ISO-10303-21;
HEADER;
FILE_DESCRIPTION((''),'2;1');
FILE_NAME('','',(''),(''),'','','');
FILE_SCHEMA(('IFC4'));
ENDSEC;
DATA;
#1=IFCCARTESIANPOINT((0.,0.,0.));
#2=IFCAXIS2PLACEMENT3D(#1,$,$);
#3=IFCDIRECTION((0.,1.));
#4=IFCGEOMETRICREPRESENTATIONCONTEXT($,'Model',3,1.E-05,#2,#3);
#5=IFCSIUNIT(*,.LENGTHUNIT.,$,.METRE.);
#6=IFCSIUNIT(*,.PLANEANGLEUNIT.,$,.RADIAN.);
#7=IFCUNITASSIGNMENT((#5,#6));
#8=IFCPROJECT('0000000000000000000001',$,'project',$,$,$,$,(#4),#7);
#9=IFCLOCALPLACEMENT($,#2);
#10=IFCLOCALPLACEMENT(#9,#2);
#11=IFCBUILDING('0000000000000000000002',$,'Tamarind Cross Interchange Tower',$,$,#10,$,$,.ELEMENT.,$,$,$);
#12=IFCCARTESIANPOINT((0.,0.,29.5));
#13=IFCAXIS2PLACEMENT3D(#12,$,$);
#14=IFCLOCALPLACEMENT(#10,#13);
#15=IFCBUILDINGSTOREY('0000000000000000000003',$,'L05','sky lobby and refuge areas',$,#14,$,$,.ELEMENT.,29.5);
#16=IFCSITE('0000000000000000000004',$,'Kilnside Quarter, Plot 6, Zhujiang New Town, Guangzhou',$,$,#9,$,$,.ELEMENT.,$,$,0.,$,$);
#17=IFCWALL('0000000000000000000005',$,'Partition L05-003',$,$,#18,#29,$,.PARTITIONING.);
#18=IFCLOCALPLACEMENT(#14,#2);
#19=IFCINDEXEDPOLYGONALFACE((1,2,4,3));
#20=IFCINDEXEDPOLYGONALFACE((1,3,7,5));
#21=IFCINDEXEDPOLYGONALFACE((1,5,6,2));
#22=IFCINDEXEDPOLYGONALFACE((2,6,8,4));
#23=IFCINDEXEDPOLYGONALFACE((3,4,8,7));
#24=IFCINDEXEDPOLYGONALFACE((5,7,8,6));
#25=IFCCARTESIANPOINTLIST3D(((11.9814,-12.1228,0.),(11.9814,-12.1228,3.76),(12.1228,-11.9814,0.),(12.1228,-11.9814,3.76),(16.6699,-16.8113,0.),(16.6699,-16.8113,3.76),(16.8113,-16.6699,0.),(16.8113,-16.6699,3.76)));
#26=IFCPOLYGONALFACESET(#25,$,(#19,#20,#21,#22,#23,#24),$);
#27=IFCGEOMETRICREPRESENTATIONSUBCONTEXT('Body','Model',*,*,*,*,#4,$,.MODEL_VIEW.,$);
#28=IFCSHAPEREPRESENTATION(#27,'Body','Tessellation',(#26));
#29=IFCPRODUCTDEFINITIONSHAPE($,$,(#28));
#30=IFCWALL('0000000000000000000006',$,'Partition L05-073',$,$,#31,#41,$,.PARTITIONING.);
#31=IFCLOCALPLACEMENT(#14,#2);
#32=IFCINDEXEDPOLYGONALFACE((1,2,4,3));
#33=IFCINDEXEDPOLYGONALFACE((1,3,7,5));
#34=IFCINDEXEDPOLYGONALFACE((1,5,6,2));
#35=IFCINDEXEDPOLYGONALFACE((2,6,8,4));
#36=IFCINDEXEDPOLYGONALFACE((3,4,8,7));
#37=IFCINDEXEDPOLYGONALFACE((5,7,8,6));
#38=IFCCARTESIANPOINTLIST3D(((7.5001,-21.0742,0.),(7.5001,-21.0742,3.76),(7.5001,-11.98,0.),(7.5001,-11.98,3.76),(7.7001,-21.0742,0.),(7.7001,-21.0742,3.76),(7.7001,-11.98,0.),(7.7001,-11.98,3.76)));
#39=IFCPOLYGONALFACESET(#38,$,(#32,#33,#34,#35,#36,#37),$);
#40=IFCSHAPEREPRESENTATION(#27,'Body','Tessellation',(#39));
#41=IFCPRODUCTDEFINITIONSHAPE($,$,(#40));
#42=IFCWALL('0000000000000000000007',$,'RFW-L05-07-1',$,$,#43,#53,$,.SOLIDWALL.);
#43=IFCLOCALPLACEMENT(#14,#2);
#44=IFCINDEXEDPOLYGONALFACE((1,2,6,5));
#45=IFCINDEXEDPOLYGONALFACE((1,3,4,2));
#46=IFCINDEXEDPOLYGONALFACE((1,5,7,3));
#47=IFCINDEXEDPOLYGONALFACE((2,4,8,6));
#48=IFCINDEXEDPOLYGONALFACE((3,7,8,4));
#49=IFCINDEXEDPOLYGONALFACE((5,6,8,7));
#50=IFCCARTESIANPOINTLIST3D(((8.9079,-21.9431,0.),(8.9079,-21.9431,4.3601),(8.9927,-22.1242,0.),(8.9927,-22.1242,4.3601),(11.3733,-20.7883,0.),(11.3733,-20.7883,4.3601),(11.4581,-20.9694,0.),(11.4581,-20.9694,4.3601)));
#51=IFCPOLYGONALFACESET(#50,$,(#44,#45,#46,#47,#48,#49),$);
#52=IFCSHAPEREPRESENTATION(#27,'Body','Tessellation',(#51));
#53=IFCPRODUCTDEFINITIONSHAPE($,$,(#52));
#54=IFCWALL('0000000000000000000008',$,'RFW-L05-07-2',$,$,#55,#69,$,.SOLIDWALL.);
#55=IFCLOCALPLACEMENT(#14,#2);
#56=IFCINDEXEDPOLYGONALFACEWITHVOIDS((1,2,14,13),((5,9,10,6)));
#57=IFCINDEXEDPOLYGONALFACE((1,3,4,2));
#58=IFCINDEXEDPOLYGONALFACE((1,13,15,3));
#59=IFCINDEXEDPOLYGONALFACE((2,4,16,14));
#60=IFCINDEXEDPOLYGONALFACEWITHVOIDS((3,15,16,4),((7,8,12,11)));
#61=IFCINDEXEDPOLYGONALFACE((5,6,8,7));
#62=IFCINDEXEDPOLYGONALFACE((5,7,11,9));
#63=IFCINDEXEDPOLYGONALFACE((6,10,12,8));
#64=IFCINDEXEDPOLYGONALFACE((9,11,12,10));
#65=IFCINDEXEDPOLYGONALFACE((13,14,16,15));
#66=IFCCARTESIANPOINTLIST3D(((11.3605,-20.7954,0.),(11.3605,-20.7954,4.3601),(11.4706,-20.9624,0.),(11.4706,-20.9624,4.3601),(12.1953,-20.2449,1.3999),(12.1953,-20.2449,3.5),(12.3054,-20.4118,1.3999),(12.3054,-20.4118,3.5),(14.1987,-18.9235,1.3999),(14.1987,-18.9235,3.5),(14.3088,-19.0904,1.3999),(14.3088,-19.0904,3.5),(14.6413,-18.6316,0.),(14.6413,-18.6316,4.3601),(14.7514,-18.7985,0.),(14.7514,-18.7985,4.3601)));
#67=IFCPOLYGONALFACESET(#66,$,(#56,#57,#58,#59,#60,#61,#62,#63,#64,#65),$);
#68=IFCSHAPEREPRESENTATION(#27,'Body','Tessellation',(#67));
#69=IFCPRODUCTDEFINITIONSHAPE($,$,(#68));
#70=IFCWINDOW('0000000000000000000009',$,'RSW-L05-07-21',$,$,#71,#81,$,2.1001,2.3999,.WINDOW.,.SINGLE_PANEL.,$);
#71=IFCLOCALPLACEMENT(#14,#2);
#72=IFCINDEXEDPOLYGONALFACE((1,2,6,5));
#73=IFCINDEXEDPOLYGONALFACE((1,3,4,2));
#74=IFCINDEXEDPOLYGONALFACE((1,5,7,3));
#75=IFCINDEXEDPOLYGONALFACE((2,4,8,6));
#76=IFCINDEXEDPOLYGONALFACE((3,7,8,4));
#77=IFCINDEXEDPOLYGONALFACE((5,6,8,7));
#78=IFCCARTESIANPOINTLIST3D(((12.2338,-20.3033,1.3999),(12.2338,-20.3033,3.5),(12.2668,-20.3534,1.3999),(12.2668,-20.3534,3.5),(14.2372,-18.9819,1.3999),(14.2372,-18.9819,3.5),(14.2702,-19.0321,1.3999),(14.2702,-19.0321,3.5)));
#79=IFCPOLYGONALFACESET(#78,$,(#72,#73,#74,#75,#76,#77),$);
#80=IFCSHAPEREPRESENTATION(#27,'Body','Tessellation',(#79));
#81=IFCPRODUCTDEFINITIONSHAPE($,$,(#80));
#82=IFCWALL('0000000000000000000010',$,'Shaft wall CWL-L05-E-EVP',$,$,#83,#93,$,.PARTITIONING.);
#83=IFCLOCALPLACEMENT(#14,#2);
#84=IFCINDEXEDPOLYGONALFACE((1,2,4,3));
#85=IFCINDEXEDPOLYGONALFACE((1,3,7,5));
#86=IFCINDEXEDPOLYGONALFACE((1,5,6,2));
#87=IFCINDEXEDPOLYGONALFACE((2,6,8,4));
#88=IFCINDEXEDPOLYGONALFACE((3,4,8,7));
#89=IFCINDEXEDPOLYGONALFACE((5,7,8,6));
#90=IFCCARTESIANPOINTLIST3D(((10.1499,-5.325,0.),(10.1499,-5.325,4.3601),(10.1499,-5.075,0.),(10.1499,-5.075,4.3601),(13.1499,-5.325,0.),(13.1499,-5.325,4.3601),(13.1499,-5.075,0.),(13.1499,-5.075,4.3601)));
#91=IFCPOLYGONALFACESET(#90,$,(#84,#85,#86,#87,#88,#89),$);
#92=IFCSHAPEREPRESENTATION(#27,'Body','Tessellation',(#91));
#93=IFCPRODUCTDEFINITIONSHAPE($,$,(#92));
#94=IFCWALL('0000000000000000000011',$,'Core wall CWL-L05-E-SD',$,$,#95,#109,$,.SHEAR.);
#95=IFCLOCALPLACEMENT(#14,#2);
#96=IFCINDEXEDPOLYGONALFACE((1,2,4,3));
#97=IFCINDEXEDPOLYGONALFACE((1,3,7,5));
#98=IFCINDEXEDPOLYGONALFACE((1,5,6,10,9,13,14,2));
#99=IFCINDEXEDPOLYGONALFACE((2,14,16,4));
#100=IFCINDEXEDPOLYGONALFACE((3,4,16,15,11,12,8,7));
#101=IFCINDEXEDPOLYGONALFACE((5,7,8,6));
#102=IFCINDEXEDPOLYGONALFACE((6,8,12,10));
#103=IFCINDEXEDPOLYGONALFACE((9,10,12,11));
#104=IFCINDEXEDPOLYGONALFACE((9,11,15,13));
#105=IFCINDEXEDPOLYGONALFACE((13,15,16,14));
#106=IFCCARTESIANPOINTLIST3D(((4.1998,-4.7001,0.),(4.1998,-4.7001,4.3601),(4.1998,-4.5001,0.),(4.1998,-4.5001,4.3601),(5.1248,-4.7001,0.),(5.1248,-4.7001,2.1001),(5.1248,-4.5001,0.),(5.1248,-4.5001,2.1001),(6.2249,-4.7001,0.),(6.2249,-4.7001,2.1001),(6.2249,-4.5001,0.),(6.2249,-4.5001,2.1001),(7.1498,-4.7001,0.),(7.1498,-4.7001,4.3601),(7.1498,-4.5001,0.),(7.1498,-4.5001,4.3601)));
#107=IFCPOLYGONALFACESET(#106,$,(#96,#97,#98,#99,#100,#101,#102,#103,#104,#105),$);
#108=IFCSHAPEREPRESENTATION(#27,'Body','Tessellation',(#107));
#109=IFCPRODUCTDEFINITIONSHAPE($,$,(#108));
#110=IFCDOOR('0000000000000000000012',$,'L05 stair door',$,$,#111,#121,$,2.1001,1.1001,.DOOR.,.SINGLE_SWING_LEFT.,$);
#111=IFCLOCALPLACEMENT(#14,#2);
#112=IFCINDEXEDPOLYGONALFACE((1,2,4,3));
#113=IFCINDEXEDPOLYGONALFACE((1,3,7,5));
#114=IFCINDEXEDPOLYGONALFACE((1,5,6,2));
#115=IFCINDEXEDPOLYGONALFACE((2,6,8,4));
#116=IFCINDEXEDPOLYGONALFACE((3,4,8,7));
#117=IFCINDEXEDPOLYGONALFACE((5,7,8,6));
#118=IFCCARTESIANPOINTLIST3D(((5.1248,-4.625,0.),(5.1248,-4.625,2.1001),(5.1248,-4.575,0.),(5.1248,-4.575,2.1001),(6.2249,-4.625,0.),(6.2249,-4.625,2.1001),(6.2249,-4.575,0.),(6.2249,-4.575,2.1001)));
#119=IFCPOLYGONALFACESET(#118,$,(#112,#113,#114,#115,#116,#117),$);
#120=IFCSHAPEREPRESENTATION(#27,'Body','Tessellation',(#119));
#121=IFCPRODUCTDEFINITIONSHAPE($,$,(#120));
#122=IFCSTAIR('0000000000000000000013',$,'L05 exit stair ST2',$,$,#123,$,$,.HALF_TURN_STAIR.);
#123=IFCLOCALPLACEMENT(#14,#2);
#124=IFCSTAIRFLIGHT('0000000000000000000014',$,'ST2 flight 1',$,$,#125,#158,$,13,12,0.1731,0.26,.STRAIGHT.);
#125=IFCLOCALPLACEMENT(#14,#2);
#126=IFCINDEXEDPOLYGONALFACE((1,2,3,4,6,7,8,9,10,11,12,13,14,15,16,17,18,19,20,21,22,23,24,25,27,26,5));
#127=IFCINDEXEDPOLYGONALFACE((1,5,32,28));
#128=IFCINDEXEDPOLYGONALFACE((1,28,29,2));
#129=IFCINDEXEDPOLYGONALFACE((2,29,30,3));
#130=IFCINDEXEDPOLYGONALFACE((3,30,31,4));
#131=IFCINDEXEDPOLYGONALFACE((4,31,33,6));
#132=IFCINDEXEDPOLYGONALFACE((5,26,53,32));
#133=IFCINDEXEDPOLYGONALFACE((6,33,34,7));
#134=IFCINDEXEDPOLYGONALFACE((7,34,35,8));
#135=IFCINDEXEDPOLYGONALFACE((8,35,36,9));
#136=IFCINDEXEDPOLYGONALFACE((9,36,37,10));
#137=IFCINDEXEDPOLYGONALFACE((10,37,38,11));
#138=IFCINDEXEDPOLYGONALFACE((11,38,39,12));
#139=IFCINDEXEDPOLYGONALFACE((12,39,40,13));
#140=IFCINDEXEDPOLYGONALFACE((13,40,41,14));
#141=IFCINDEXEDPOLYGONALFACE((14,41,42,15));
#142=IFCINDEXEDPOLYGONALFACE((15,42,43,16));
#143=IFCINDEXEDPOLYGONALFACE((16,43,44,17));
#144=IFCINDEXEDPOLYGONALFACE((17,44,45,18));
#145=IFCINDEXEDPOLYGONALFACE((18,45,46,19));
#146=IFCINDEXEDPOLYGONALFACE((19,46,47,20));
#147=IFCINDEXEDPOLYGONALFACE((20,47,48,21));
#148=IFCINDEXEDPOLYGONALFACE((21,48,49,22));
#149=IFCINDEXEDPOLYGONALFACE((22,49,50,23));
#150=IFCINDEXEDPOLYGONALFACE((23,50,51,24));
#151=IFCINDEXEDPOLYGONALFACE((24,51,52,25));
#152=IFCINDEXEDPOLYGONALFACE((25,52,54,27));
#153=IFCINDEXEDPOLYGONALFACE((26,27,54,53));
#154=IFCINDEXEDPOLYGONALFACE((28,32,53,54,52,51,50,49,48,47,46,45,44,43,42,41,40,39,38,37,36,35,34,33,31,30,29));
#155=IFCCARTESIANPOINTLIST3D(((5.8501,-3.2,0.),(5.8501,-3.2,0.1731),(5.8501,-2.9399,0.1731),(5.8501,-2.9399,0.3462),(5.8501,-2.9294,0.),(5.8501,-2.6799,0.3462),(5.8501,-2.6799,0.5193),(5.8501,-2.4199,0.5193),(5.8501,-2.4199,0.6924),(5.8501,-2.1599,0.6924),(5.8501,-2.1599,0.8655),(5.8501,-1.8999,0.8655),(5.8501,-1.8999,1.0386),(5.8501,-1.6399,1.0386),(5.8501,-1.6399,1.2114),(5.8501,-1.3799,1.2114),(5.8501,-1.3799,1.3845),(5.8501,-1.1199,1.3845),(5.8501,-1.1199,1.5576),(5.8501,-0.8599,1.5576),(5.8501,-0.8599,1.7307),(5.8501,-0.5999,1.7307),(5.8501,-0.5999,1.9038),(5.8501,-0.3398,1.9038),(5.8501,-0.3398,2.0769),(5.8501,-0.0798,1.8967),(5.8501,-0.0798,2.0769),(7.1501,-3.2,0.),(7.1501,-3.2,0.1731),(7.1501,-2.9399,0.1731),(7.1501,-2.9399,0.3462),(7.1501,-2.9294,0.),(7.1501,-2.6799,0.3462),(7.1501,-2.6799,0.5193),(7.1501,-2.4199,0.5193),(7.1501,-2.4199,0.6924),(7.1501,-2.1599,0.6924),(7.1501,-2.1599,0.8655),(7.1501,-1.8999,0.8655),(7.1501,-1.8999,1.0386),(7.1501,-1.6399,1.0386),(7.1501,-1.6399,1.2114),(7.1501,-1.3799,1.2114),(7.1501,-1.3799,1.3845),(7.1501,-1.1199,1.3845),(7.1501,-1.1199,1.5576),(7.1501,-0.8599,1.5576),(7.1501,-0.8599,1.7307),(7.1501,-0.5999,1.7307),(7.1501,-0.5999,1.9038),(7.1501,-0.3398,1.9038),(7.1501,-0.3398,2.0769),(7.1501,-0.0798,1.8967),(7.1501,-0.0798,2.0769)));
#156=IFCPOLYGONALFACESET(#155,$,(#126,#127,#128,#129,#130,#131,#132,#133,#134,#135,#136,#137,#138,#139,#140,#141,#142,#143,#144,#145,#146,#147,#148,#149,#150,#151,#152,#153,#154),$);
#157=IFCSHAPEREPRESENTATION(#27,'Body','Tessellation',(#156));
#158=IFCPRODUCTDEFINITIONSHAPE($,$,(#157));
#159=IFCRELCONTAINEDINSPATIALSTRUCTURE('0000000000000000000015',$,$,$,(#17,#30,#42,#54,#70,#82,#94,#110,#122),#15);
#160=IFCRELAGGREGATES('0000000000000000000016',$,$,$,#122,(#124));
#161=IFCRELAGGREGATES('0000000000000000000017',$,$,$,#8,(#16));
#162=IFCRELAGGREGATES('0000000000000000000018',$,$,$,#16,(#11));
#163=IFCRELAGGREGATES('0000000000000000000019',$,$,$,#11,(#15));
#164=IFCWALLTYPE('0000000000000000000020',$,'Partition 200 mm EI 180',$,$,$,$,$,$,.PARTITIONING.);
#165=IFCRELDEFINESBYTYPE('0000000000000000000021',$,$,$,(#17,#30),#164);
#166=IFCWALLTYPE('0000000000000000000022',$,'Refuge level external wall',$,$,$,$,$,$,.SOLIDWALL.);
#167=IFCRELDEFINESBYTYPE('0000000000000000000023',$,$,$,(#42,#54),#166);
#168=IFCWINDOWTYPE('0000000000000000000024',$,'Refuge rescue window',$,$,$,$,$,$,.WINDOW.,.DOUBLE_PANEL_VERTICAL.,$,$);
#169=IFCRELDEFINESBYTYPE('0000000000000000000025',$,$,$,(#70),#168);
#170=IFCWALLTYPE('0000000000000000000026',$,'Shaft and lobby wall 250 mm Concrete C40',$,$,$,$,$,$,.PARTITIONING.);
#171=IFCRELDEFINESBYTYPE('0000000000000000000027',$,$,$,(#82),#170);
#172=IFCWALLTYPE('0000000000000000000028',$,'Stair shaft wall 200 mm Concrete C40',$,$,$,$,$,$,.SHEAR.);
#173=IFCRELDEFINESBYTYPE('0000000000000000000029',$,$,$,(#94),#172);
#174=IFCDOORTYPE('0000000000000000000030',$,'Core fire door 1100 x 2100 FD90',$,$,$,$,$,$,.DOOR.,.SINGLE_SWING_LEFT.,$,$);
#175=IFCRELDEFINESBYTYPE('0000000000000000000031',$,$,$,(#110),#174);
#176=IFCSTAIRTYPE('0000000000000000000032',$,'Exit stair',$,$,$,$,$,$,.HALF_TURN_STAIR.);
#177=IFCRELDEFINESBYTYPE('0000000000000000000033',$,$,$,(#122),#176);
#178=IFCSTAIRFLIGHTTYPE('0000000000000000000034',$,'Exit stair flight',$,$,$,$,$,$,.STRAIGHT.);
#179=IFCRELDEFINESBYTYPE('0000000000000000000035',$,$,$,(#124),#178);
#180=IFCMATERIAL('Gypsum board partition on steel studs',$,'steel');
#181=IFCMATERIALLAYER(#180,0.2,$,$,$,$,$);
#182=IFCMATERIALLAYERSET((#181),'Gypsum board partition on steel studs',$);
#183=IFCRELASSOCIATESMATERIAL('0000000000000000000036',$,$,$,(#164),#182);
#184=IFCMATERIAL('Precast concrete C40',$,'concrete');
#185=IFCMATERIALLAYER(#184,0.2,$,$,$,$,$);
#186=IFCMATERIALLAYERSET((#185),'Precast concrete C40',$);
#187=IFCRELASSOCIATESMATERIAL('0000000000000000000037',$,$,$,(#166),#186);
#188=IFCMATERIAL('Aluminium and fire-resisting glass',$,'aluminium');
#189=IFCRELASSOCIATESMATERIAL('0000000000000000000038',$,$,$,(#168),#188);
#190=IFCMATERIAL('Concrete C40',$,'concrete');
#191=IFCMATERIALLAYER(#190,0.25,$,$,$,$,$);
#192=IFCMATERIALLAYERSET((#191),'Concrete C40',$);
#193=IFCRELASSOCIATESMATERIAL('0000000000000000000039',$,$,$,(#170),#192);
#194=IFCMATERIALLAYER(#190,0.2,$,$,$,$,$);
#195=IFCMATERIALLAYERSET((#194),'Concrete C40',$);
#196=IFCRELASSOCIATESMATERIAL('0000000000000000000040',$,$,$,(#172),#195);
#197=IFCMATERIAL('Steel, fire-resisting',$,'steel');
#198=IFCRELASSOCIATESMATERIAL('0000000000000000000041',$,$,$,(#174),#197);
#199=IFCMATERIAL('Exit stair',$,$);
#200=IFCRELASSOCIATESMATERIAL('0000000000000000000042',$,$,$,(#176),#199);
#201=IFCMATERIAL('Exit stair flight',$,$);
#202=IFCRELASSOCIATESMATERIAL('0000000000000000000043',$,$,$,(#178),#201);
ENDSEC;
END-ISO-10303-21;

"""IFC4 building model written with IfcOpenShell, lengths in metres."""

from ifc_helpers import new_model, si_unit, direction, frame, frame_2d, origin, place, context, subcontext, project, spatial, polyline, rectangle, outline, extrude, material, layer, layer_set, type_object, element, fill, aggregate, save


model = new_model("IFC4")

# Units and contexts
model_context = context("Model", 3, precision=1e-05, world=origin(), true_north=direction((0.0, 1.0)))
body_context = subcontext(model_context, "Body", "Model", "MODEL_VIEW")
ifc_project = project(units=[si_unit("LENGTHUNIT", "METRE"), si_unit("PLANEANGLEUNIT", "RADIAN")], contexts=[model_context])

# Site, building, storey
site_placement = place(None, origin())
site = spatial("IfcSite", under=ifc_project, at=site_placement, Name="Kilnside Quarter, Plot 6, Zhujiang New Town, Guangzhou", CompositionType="ELEMENT", RefElevation=0.0)
building_placement = place(site_placement, origin())
building = spatial("IfcBuilding", under=site, at=building_placement, Name="Tamarind Cross Interchange Tower", CompositionType="ELEMENT")
storey_placement = place(building_placement, frame((0.0, 0.0, 29.5)))
storey = spatial("IfcBuildingStorey", under=building, at=storey_placement, Name="L05", Description="sky lobby and refuge areas", CompositionType="ELEMENT", Elevation=29.5)

# Shared definitions
ifc_material_1 = material(Name="Steel, fire-resisting", Category="steel")

# Walls
ifc_material_2 = material(Name="Gypsum board partition on steel studs", Category="steel")
ifc_layer_1 = layer(ifc_material_2, 0.2)
ifc_layer_set_1 = layer_set([ifc_layer_1], Name="Gypsum board partition on steel studs")
wall_type_1 = type_object("IfcWallType", Name="Partition 200 mm EI 180", PredefinedType="PARTITIONING", material=ifc_layer_set_1)
wall_1_placement = place(storey_placement, frame((12.052, -12.052, 0.0), z_axis=(0.0, 0.0, 1.0), x_axis=(0.707107, -0.707107, 0.0)))
element("IfcWall", 1, at=wall_1_placement, inside=storey, type_object=wall_type_1, Name="Partition L05-003", PredefinedType="PARTITIONING", context=body_context, shape_type="SweptSolid", body=[
    extrude(rectangle(XDim=6.6306, YDim=0.2, at=frame_2d((3.3154, 0.0))), origin(), (0.0, 0.0, 1.0), 3.76),
])
wall_2_placement = place(storey_placement, frame((7.6001, -21.0742, 0.0), z_axis=(0.0, 0.0, 1.0), x_axis=(0.0, 1.0, 0.0)))
element("IfcWall", 2, at=wall_2_placement, inside=storey, type_object=wall_type_1, Name="Partition L05-073", PredefinedType="PARTITIONING", context=body_context, shape_type="SweptSolid", body=[
    extrude(rectangle(XDim=9.0942, YDim=0.2, at=frame_2d((4.5471, 0.0))), origin(), (0.0, 0.0, 1.0), 3.76),
])
ifc_material_3 = material(Name="Precast concrete C40", Category="concrete")
ifc_layer_2 = layer(ifc_material_3, 0.2)
ifc_layer_set_2 = layer_set([ifc_layer_2], Name="Precast concrete C40")
wall_type_2 = type_object("IfcWallType", Name="Refuge level external wall", PredefinedType="SOLIDWALL", material=ifc_layer_set_2)
wall_3_placement = place(storey_placement, frame((8.9502, -22.0337, 0.0), z_axis=(0.0, 0.0, 1.0), x_axis=(0.905577, 0.424181, 0.0)))
element("IfcWall", 3, at=wall_3_placement, inside=storey, type_object=wall_type_2, Name="RFW-L05-07-1", PredefinedType="SOLIDWALL", context=body_context, shape_type="SweptSolid", body=[
    extrude(rectangle(XDim=2.7224, YDim=0.2, at=frame_2d((1.3613, 0.0))), origin(), (0.0, 0.0, 1.0), 4.3601),
])

# Wall, opening, window
wall_4_placement = place(storey_placement, frame((11.4155, -20.8789, 0.0), z_axis=(0.0, 0.0, 1.0), x_axis=(0.834783, 0.550579, 0.0)))
wall_4 = element("IfcWall", 4, at=wall_4_placement, inside=storey, type_object=wall_type_2, Name="RFW-L05-07-2", PredefinedType="SOLIDWALL", context=body_context, shape_type="SweptSolid", body=[
    extrude(rectangle(XDim=3.9302, YDim=0.2, at=frame_2d((1.9651, 0.0))), origin(), (0.0, 0.0, 1.0), 4.3601),
])
opening_1_placement = place(wall_4_placement, frame((1.0, 0.0, 1.3999)))
opening_1 = element("IfcOpeningElement", 5, at=opening_1_placement, cuts=wall_4, PredefinedType="OPENING", context=body_context, shape_type="SweptSolid", body=[
    extrude(rectangle(XDim=2.3999, YDim=2.1001, at=frame_2d((1.2, 1.05))), frame((0.0, 0.1099, 0.0), z_axis=(0.0, -1.0, 0.0), x_axis=(1.0, 0.0, 0.0)), (0.0, 0.0, 1.0), 0.22),
])
ifc_material_4 = material(Name="Aluminium and fire-resisting glass", Category="aluminium")
window_type = type_object("IfcWindowType", Name="Refuge rescue window", PartitioningType="DOUBLE_PANEL_VERTICAL", PredefinedType="WINDOW", material=ifc_material_4)
window_placement = place(opening_1_placement, origin())
window = element("IfcWindow", 6, at=window_placement, inside=storey, type_object=window_type, Name="RSW-L05-07-21", OverallHeight=2.1001, OverallWidth=2.3999, PartitioningType="SINGLE_PANEL", PredefinedType="WINDOW", context=body_context, shape_type="SweptSolid", body=[
    extrude(rectangle(XDim=2.3999, YDim=2.1001, at=frame_2d((1.2, 1.05))), frame((0.0, 0.03, 0.0), z_axis=(0.0, -1.0, 0.0), x_axis=(1.0, 0.0, 0.0)), (0.0, 0.0, 1.0), 0.0601),
])
fill(opening_1, window)

# Wall
ifc_material_5 = material(Name="Concrete C40", Category="concrete")
ifc_layer_3 = layer(ifc_material_5, 0.25)
ifc_layer_set_3 = layer_set([ifc_layer_3], Name="Concrete C40")
wall_type_3 = type_object("IfcWallType", Name="Shaft and lobby wall 250 mm Concrete C40", PredefinedType="PARTITIONING", material=ifc_layer_set_3)
wall_5_placement = place(storey_placement, frame((13.1499, -5.2, 0.0), z_axis=(0.0, 0.0, 1.0), x_axis=(-1.0, 0.0, 0.0)))
element("IfcWall", 7, at=wall_5_placement, inside=storey, type_object=wall_type_3, Name="Shaft wall CWL-L05-E-EVP", PredefinedType="PARTITIONING", context=body_context, shape_type="SweptSolid", body=[
    extrude(rectangle(XDim=3.0, YDim=0.25, at=frame_2d((1.5, 0.0))), origin(), (0.0, 0.0, 1.0), 4.3601),
])

# Wall, opening, door
ifc_layer_4 = layer(ifc_material_5, 0.2)
ifc_layer_set_4 = layer_set([ifc_layer_4], Name="Concrete C40")
wall_type_4 = type_object("IfcWallType", Name="Stair shaft wall 200 mm Concrete C40", PredefinedType="SHEAR", material=ifc_layer_set_4)
wall_6_placement = place(storey_placement, frame((7.1499, -4.6001, 0.0), z_axis=(0.0, 0.0, 1.0), x_axis=(-1.0, 0.0, 0.0)))
wall_6 = element("IfcWall", 8, at=wall_6_placement, inside=storey, type_object=wall_type_4, Name="Core wall CWL-L05-E-SD", PredefinedType="SHEAR", context=body_context, shape_type="SweptSolid", body=[
    extrude(rectangle(XDim=2.95, YDim=0.2, at=frame_2d((1.4751, 0.0))), origin(), (0.0, 0.0, 1.0), 4.3601),
])
opening_2_placement = place(wall_6_placement, frame((0.925, 0.0, 0.0)))
opening_2 = element("IfcOpeningElement", 9, at=opening_2_placement, cuts=wall_6, PredefinedType="OPENING", context=body_context, shape_type="SweptSolid", body=[
    extrude(rectangle(XDim=1.1001, YDim=2.1001, at=frame_2d((0.55, 1.05))), frame((0.0, 0.1099, 0.0), z_axis=(0.0, -1.0, 0.0), x_axis=(1.0, 0.0, 0.0)), (0.0, 0.0, 1.0), 0.22),
])
door_type_1 = type_object("IfcDoorType", Name="Core fire door 1100 x 2100 FD90", OperationType="SINGLE_SWING_LEFT", PredefinedType="DOOR", material=ifc_material_1)
door_1_placement = place(opening_2_placement, origin())
door_1 = element("IfcDoor", 10, at=door_1_placement, inside=storey, type_object=door_type_1, Name="L05 stair door", OperationType="SINGLE_SWING_LEFT", OverallHeight=2.1001, OverallWidth=1.1001, PredefinedType="DOOR", context=body_context, shape_type="SweptSolid", body=[
    extrude(rectangle(XDim=1.1001, YDim=2.1001, at=frame_2d((0.55, 1.05))), frame((0.0, 0.0249, 0.0), z_axis=(0.0, -1.0, 0.0), x_axis=(1.0, 0.0, 0.0)), (0.0, 0.0, 1.0), 0.05),
])
fill(opening_2, door_1)

# Stair, stair flight
ifc_material_6 = material(Name="Exit stair")
stair_type = type_object("IfcStairType", Name="Exit stair", PredefinedType="HALF_TURN_STAIR", material=ifc_material_6)
stair_placement = place(storey_placement, origin())
stair = element("IfcStair", 11, at=stair_placement, inside=storey, type_object=stair_type, Name="L05 exit stair ST2", PredefinedType="HALF_TURN_STAIR")
ifc_material_7 = material(Name="Exit stair flight")
stair_flight_type = type_object("IfcStairFlightType", Name="Exit stair flight", PredefinedType="STRAIGHT", material=ifc_material_7)
stair_flight_placement = place(storey_placement, frame((6.5, -3.2, 0.0), z_axis=(0.0, 0.0, 1.0), x_axis=(0.0, 1.0, 0.0)))
stair_flight = element("IfcStairFlight", 12, at=stair_flight_placement, type_object=stair_flight_type, Name="ST2 flight 1", NumberOfRisers=13, NumberOfTreads=12, PredefinedType="STRAIGHT", RiserHeight=0.1731, TreadLength=0.26, context=body_context, shape_type="SweptSolid", body=[
    extrude(outline(polyline([(0.0, 0.0), (0.0, 0.1731), (0.26, 0.1731), (0.26, 0.3462), (0.52, 0.3462), (0.52, 0.5193), (0.78, 0.5193), (0.78, 0.6924), (1.04, 0.6924), (1.04, 0.8655), (1.3, 0.8655), (1.3, 1.0386), (1.5601, 1.0386), (1.5601, 1.2114), (1.8201, 1.2114), (1.8201, 1.3845), (2.0801, 1.3845), (2.0801, 1.5576), (2.3401, 1.5576), (2.3401, 1.7307), (2.6001, 1.7307), (2.6001, 1.9038), (2.8601, 1.9038), (2.8601, 2.0769), (3.1201, 2.0769), (3.1201, 2.25), (3.1201, 1.8967), (0.2705, 0.0), (0.0, 0.0)])), frame((0.0, 0.6499, 0.0), z_axis=(0.0, -1.0, 0.0), x_axis=(1.0, 0.0, 0.0)), (0.0, 0.0, 1.0), 1.3),
])
aggregate(stair, [stair_flight])

save(model, "model.ifc")
